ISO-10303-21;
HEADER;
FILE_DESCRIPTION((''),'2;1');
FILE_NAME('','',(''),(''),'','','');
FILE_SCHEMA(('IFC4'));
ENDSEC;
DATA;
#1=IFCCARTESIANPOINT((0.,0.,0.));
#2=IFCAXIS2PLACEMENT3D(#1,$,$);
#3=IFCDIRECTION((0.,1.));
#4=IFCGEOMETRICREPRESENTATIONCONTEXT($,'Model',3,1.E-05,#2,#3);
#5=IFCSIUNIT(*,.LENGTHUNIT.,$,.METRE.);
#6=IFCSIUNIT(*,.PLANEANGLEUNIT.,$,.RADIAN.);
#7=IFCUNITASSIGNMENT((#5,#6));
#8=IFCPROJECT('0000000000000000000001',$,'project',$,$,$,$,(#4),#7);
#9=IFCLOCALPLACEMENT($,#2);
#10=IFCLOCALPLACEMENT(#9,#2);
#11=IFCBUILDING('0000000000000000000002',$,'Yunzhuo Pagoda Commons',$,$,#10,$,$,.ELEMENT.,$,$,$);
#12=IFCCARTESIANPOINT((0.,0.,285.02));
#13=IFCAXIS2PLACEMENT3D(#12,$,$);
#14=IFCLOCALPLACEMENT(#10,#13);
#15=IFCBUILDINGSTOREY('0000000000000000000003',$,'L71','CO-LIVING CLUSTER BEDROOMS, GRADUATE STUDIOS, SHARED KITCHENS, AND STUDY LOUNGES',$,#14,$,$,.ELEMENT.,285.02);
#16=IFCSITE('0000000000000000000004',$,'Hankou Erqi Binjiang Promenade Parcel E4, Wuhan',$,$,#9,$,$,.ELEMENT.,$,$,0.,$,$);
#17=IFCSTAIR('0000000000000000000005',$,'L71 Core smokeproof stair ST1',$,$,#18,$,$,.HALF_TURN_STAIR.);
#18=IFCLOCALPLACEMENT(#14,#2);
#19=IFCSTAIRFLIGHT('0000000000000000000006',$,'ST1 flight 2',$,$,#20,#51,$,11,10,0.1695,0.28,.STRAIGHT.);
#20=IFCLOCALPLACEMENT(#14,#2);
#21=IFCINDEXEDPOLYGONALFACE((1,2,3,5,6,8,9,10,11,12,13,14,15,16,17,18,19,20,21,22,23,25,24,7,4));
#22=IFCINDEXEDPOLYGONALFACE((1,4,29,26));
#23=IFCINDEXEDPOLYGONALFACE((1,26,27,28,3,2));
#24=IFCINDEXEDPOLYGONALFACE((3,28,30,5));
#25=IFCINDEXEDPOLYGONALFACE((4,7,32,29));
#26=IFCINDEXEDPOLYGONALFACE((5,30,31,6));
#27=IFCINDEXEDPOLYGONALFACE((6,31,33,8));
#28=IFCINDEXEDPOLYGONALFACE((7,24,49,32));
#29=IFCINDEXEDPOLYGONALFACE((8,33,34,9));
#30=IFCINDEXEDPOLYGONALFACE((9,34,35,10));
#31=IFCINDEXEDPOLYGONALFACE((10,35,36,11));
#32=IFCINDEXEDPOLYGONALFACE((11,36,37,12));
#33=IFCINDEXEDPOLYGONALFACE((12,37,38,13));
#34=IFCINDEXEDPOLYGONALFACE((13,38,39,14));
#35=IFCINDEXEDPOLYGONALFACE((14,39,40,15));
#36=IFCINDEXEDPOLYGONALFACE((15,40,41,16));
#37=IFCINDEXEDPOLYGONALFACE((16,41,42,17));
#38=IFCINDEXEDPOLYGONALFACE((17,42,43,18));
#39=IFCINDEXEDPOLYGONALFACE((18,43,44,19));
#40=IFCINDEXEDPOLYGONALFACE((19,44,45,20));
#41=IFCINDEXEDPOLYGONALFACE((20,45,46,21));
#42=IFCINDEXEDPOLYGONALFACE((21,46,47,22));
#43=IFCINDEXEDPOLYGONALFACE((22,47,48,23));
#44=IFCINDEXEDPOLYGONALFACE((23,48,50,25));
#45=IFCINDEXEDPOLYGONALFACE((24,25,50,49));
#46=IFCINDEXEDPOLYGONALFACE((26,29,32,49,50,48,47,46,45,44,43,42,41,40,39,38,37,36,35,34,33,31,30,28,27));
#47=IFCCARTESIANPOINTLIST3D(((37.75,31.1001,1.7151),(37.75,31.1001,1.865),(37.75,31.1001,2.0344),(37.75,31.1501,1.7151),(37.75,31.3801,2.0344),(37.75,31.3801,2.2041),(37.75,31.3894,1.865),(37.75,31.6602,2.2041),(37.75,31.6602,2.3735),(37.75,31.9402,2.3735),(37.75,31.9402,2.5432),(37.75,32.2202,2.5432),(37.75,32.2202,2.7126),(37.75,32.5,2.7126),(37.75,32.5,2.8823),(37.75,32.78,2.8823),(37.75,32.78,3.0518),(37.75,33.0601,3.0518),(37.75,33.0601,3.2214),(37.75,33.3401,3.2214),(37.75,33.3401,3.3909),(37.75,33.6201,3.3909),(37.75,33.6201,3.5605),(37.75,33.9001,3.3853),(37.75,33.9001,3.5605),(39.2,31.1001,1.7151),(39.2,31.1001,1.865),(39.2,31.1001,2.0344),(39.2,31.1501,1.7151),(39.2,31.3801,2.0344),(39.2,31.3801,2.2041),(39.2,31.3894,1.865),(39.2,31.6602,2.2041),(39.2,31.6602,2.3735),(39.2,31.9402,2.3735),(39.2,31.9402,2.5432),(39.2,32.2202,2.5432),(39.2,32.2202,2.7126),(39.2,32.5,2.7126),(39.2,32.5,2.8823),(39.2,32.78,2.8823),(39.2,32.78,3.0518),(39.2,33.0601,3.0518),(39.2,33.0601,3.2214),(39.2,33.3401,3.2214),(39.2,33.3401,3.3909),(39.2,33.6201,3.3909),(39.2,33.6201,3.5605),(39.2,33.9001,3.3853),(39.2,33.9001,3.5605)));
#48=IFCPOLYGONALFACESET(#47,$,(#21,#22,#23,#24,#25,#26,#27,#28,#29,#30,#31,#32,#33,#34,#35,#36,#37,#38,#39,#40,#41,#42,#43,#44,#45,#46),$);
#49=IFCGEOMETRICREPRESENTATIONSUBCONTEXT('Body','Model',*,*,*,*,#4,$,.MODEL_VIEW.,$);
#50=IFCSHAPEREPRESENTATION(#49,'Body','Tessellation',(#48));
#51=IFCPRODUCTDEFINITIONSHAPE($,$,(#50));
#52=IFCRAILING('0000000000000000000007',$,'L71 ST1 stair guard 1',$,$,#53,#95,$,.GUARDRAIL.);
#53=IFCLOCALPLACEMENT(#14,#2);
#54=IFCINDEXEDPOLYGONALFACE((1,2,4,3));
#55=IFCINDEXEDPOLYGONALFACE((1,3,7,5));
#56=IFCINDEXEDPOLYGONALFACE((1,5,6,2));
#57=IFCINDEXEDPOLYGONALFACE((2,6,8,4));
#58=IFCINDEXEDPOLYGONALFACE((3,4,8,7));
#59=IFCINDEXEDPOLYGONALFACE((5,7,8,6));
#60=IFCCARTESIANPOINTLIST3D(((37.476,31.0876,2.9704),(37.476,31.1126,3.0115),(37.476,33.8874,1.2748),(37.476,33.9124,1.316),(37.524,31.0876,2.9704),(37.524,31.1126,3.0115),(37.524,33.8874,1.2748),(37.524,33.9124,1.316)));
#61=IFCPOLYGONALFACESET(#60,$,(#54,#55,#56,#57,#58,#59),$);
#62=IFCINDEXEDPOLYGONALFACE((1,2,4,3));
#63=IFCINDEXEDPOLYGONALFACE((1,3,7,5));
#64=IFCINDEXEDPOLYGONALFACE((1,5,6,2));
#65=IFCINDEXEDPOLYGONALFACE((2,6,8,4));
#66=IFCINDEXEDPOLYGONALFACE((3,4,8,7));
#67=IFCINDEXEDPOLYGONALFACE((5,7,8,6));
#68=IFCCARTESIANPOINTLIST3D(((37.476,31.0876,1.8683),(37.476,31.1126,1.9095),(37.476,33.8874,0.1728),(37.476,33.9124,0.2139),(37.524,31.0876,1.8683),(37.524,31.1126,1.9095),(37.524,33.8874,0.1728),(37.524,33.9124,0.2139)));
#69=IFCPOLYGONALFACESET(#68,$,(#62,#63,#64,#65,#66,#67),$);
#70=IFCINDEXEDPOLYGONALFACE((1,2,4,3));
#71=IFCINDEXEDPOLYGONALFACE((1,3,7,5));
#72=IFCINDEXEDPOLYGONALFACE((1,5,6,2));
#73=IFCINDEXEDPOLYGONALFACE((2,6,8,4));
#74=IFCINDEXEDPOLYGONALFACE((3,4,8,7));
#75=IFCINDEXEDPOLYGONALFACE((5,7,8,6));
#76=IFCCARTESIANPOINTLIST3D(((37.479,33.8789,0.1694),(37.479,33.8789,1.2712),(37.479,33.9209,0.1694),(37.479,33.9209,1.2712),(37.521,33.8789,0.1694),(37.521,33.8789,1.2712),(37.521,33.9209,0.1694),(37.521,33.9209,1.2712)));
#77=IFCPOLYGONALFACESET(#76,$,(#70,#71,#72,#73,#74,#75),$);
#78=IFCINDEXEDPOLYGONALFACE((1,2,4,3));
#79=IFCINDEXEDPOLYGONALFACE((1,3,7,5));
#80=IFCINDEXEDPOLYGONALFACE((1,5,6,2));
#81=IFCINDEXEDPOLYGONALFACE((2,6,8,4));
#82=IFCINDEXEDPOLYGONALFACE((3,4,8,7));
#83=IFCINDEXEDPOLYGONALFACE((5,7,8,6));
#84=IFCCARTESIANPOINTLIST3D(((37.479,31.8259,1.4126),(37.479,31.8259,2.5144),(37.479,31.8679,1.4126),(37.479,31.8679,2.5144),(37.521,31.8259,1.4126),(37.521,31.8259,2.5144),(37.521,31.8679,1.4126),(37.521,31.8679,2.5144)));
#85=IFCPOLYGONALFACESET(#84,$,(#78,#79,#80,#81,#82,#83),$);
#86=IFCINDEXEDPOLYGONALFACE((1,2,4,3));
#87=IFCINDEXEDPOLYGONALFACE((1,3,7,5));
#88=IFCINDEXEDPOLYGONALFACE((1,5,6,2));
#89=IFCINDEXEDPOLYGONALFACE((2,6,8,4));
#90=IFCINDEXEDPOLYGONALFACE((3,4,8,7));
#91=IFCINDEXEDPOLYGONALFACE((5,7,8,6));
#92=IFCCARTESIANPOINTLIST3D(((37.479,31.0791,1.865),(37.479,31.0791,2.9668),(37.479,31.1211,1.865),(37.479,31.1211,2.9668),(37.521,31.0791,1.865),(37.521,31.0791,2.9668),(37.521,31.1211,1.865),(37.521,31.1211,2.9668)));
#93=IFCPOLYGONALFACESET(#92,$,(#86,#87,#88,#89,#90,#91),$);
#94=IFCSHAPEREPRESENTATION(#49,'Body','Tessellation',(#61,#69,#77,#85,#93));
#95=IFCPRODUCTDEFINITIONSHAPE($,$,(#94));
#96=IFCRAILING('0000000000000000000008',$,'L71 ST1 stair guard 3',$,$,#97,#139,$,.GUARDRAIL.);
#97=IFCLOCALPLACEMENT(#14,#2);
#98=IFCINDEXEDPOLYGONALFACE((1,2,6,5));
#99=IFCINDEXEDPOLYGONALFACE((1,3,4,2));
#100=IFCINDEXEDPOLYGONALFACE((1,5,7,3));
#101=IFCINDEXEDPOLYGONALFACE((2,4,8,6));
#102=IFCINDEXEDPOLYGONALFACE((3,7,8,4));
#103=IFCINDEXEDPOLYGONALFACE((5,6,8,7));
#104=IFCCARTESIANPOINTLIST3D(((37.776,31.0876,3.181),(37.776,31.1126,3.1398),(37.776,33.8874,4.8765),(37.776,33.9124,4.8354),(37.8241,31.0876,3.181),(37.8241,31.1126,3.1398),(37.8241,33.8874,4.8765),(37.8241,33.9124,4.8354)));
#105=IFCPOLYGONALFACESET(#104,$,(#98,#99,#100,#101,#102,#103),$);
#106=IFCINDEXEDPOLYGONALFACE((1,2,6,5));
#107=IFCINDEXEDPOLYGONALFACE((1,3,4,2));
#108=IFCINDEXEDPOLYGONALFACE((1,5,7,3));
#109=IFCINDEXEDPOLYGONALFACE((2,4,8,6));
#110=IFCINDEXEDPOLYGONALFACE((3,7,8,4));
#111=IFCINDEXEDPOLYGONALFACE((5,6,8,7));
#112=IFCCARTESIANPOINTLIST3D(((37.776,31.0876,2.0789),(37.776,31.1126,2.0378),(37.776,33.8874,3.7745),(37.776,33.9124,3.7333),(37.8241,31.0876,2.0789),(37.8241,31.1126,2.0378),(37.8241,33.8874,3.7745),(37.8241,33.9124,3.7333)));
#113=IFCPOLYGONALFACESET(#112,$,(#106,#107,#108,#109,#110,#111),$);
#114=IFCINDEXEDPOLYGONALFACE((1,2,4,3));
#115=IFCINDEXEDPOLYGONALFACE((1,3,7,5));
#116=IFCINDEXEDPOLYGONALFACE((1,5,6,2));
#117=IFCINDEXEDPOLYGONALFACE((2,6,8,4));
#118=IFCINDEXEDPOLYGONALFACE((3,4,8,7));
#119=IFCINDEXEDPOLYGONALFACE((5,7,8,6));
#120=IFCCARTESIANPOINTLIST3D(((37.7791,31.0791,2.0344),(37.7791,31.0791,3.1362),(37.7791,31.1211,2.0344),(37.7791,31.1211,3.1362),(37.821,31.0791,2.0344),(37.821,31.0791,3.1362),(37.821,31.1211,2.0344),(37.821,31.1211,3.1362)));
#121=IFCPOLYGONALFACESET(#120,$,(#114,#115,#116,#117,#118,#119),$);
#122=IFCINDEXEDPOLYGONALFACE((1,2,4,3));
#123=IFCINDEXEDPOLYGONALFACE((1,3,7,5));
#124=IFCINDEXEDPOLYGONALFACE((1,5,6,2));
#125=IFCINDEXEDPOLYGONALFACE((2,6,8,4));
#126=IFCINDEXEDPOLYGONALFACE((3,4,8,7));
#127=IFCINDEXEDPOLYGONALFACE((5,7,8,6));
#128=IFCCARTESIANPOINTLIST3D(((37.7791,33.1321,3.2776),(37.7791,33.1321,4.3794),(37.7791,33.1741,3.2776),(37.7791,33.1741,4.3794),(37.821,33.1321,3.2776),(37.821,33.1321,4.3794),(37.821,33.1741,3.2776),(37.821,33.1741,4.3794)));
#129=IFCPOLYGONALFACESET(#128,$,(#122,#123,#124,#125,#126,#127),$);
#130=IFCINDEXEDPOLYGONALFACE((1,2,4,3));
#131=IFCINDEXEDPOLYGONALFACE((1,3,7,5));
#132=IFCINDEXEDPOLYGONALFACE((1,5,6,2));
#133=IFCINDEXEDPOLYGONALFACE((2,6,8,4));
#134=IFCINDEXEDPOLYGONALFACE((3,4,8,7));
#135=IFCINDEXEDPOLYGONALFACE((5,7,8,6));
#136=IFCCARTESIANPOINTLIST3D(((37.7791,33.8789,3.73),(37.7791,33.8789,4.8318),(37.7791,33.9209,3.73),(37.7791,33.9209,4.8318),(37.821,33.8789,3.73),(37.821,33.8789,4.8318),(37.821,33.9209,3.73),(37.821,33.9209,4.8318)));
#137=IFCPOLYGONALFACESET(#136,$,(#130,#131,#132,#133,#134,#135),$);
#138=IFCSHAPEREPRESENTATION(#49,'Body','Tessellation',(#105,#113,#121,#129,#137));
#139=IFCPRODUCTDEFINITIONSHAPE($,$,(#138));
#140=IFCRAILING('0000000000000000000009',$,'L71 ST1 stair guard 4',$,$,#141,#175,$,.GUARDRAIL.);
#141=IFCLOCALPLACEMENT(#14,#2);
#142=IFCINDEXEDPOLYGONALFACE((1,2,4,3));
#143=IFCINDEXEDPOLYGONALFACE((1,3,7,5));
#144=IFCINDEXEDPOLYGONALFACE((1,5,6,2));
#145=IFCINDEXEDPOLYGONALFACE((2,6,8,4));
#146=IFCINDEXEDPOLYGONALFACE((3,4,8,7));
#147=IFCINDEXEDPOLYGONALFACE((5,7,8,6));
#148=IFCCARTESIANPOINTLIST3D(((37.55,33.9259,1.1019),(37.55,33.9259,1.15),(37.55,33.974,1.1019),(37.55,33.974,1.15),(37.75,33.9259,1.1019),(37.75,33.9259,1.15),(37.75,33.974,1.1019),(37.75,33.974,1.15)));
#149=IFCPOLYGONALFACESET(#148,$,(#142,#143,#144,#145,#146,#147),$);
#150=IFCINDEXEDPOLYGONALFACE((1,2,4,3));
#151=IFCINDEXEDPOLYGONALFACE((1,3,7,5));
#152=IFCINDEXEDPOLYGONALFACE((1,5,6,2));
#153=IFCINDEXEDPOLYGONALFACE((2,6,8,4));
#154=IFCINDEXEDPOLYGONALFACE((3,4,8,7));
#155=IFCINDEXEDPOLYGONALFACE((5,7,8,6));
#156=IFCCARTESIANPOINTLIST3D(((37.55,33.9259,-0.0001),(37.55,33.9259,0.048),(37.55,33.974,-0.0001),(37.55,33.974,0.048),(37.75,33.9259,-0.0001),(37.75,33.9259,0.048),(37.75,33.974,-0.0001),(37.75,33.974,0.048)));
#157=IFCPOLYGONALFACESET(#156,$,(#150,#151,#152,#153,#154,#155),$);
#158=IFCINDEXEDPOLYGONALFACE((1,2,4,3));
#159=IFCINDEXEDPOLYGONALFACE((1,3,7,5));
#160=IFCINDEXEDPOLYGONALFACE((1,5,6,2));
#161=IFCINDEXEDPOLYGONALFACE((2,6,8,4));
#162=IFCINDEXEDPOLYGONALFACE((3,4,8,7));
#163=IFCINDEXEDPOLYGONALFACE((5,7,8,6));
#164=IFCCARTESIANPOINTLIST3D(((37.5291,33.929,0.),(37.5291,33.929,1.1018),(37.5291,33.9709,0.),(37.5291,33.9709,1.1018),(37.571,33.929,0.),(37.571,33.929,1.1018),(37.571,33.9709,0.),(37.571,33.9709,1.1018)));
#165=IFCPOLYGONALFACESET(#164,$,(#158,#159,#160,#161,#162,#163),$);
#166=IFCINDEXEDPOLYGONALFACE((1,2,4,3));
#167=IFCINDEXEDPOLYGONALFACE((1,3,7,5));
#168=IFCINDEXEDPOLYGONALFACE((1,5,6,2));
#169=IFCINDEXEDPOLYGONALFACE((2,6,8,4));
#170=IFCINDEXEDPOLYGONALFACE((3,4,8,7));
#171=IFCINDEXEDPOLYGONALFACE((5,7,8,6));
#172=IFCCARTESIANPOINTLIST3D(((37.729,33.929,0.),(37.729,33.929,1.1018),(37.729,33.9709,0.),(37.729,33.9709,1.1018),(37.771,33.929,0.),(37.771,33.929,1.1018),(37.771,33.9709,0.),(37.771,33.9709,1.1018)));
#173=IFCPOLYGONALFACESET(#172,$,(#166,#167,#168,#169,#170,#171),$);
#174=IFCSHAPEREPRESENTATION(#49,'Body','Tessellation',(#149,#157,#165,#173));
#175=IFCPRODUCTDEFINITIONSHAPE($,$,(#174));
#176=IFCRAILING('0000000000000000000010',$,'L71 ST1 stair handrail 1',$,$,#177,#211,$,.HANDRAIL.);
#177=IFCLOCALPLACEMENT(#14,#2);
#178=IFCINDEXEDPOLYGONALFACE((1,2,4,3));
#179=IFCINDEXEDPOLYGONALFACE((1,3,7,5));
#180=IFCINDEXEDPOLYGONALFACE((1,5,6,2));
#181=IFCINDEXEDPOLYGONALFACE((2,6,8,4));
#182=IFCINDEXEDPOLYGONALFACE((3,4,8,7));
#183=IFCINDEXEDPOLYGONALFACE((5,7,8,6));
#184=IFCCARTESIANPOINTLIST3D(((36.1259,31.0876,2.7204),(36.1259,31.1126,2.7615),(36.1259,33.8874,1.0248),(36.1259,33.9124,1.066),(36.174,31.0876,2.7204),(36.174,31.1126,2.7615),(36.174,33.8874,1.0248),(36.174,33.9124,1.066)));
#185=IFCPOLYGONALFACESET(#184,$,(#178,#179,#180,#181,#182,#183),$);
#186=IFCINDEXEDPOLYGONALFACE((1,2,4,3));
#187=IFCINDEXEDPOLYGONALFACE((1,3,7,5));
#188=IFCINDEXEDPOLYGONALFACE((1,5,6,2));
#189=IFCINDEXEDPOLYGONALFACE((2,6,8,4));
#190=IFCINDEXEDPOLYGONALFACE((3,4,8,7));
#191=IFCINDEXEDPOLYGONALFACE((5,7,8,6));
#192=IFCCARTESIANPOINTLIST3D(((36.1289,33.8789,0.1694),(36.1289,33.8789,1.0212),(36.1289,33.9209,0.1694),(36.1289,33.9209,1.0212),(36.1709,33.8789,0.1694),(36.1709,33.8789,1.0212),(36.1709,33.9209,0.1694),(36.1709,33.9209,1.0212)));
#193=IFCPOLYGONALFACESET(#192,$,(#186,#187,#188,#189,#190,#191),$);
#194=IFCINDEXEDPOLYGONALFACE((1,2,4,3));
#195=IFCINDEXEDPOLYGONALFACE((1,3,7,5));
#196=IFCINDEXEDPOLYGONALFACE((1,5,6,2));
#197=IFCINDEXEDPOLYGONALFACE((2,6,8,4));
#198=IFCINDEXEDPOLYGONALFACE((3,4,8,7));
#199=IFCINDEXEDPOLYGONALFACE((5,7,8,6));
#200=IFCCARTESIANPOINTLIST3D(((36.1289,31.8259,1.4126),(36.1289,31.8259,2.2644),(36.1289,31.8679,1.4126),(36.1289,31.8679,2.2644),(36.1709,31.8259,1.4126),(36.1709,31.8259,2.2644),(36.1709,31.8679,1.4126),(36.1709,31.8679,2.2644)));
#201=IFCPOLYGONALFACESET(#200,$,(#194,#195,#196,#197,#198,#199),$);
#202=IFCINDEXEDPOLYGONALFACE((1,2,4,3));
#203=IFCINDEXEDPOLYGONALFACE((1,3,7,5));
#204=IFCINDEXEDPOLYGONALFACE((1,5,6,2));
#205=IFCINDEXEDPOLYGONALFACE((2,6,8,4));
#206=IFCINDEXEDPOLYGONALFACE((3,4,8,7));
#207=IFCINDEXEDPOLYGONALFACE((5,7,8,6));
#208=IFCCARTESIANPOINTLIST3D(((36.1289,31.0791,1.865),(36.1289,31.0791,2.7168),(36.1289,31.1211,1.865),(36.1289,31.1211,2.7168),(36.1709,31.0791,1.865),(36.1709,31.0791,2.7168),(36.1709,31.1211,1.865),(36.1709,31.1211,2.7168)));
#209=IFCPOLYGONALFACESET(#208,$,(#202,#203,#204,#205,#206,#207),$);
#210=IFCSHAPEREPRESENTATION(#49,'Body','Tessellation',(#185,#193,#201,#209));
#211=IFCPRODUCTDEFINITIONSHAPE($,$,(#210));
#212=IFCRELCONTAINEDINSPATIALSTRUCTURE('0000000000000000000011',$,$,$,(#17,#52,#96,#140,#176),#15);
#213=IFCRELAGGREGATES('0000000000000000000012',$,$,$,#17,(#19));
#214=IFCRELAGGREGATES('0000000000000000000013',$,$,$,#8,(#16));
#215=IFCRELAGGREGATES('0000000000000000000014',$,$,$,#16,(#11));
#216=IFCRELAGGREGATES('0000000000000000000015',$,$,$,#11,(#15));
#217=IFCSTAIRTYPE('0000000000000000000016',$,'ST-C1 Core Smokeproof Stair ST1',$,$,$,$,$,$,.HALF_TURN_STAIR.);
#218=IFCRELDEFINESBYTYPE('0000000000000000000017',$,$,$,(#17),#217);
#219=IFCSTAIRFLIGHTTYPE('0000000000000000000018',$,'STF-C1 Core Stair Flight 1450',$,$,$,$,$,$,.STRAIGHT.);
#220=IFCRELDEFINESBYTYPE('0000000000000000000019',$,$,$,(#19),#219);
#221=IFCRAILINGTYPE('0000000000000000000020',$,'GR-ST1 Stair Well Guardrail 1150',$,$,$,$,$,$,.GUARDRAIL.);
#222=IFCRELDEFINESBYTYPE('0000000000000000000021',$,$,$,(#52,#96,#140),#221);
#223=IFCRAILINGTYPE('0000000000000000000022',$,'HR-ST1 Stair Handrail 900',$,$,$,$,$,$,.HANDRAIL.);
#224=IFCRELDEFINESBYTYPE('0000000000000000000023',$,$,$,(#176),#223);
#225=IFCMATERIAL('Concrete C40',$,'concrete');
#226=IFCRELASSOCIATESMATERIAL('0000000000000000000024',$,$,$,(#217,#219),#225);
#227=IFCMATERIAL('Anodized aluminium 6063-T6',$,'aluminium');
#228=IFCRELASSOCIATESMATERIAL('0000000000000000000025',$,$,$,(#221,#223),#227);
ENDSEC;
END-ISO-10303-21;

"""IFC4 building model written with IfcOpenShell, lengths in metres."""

from ifc_helpers import new_model, si_unit, direction, frame, origin, origin_2d, place, context, subcontext, project, spatial, polyline, rectangle, outline, extrude, source, transform, mapped, material, type_object, element, aggregate, save


model = new_model("IFC4")

# Units and contexts
model_context = context("Model", 3, precision=1e-05, world=origin(), true_north=direction((0.0, 1.0)))
body_context = subcontext(model_context, "Body", "Model", "MODEL_VIEW")
ifc_project = project(units=[si_unit("LENGTHUNIT", "METRE"), si_unit("PLANEANGLEUNIT", "RADIAN")], contexts=[model_context])

# Site, building, storey
site_placement = place(None, origin())
site = spatial("IfcSite", under=ifc_project, at=site_placement, Name="Hankou Erqi Binjiang Promenade Parcel E4, Wuhan", CompositionType="ELEMENT", RefElevation=0.0)
building_placement = place(site_placement, origin())
building = spatial("IfcBuilding", under=site, at=building_placement, Name="Yunzhuo Pagoda Commons", CompositionType="ELEMENT")
storey_placement = place(building_placement, frame((0.0, 0.0, 285.02)))
storey = spatial("IfcBuildingStorey", under=building, at=storey_placement, Name="L71", Description="CO-LIVING CLUSTER BEDROOMS, GRADUATE STUDIOS, SHARED KITCHENS, AND STUDY LOUNGES", CompositionType="ELEMENT", Elevation=285.02)

# Shared definitions
ifc_material_1 = material(Name="Concrete C40", Category="concrete")

# Stair, stair flight
stair_type = type_object("IfcStairType", Name="ST-C1 Core Smokeproof Stair ST1", PredefinedType="HALF_TURN_STAIR", material=ifc_material_1)
stair_placement = place(storey_placement, origin())
stair = element("IfcStair", 1, at=stair_placement, inside=storey, type_object=stair_type, Name="L71 Core smokeproof stair ST1", PredefinedType="HALF_TURN_STAIR")
stair_flight_type = type_object("IfcStairFlightType", Name="STF-C1 Core Stair Flight 1450", PredefinedType="STRAIGHT", material=ifc_material_1)
shared_shape_1 = source(origin(), body_context, "Body", "SweptSolid", [
    extrude(outline(polyline([(0.0, -0.1499), (0.0, 0.0), (0.0, 0.1694), (0.28, 0.1694), (0.28, 0.3391), (0.5601, 0.3391), (0.5601, 0.5085), (0.8401, 0.5085), (0.8401, 0.6782), (1.1201, 0.6782), (1.1201, 0.8477), (1.3999, 0.8477), (1.3999, 1.0173), (1.6799, 1.0173), (1.6799, 1.1868), (1.96, 1.1868), (1.96, 1.3564), (2.24, 1.3564), (2.24, 1.5259), (2.52, 1.5259), (2.52, 1.6956), (2.8, 1.6956), (2.8, 1.865), (2.8, 1.5203), (0.2893, 0.0), (0.05, -0.1499), (0.0, -0.1499)])), frame((0.0, 0.7251, 0.0), z_axis=(0.0, -1.0, 0.0), x_axis=(1.0, 0.0, 0.0)), (0.0, 0.0, 1.0), 1.45),
])
stair_flight_1_placement = place(storey_placement, frame((38.4751, 31.1001, 1.865), z_axis=(0.0, 0.0, 1.0), x_axis=(0.0, 1.0, 0.0)))
stair_flight_1 = element("IfcStairFlight", 2, at=stair_flight_1_placement, type_object=stair_flight_type, Name="ST1 flight 2", NumberOfRisers=11, NumberOfTreads=10, PredefinedType="STRAIGHT", RiserHeight=0.1695, TreadLength=0.28, context=body_context, shape_type="MappedRepresentation", body=[
    mapped(shared_shape_1, transform((0.0, 0.0, 0.0), scale=1.0)),
])
aggregate(stair, [stair_flight_1])

# Railings
ifc_material_2 = material(Name="Anodized aluminium 6063-T6", Category="aluminium")
railing_type_1 = type_object("IfcRailingType", Name="GR-ST1 Stair Well Guardrail 1150", PredefinedType="GUARDRAIL", material=ifc_material_2)
railing_1_placement = place(storey_placement, frame((37.5, 33.8999, 0.1694)))
element("IfcRailing", 3, at=railing_1_placement, inside=storey, type_object=railing_type_1, Name="L71 ST1 stair guard 1", PredefinedType="GUARDRAIL", context=body_context, shape_type="SweptSolid", body=[
    extrude(rectangle(XDim=0.0481, YDim=0.0481, at=origin_2d()), frame((0.0, 0.0, 1.126), z_axis=(0.0, -0.855373, 0.518012), x_axis=(1.0, 0.0, 0.0)), (0.0, 0.0, 1.0), 3.2732),
    extrude(rectangle(XDim=0.0481, YDim=0.0481, at=origin_2d()), frame((0.0, 0.0, 0.0239), z_axis=(0.0, -0.855373, 0.518012), x_axis=(1.0, 0.0, 0.0)), (0.0, 0.0, 1.0), 3.2732),
    extrude(rectangle(XDim=0.042, YDim=0.042, at=origin_2d()), origin(), (0.0, 0.0, 1.0), 1.1018),
    extrude(rectangle(XDim=0.042, YDim=0.042, at=origin_2d()), frame((0.0, -2.053, 1.2432)), (0.0, 0.0, 1.0), 1.1018),
    extrude(rectangle(XDim=0.042, YDim=0.042, at=origin_2d()), frame((0.0, -2.7998, 1.6956)), (0.0, 0.0, 1.0), 1.1018),
])
railing_2_placement = place(storey_placement, frame((37.8, 31.1001, 2.0344)))
element("IfcRailing", 4, at=railing_2_placement, inside=storey, type_object=railing_type_1, Name="L71 ST1 stair guard 3", PredefinedType="GUARDRAIL", context=body_context, shape_type="SweptSolid", body=[
    extrude(rectangle(XDim=0.0481, YDim=0.0481, at=origin_2d()), frame((0.0, 0.0, 1.126), z_axis=(0.0, 0.855373, 0.518012), x_axis=(-1.0, 0.0, 0.0)), (0.0, 0.0, 1.0), 3.2732),
    extrude(rectangle(XDim=0.0481, YDim=0.0481, at=origin_2d()), frame((0.0, 0.0, 0.0239), z_axis=(0.0, 0.855373, 0.518012), x_axis=(-1.0, 0.0, 0.0)), (0.0, 0.0, 1.0), 3.2732),
    extrude(rectangle(XDim=0.042, YDim=0.042, at=origin_2d()), origin(), (0.0, 0.0, 1.0), 1.1018),
    extrude(rectangle(XDim=0.042, YDim=0.042, at=origin_2d()), frame((0.0, 2.053, 1.2432)), (0.0, 0.0, 1.0), 1.1018),
    extrude(rectangle(XDim=0.042, YDim=0.042, at=origin_2d()), frame((0.0, 2.7998, 1.6956)), (0.0, 0.0, 1.0), 1.1018),
])
railing_3_placement = place(storey_placement, frame((37.55, 33.95, 0.0)))
element("IfcRailing", 5, at=railing_3_placement, inside=storey, type_object=railing_type_1, Name="L71 ST1 stair guard 4", PredefinedType="GUARDRAIL", context=body_context, shape_type="SweptSolid", body=[
    extrude(rectangle(XDim=0.0481, YDim=0.0481, at=origin_2d()), frame((0.0, 0.0, 1.126), z_axis=(1.0, 0.0, 0.0), x_axis=(0.0, 1.0, 0.0)), (0.0, 0.0, 1.0), 0.2),
    extrude(rectangle(XDim=0.0481, YDim=0.0481, at=origin_2d()), frame((0.0, 0.0, 0.0239), z_axis=(1.0, 0.0, 0.0), x_axis=(0.0, 1.0, 0.0)), (0.0, 0.0, 1.0), 0.2),
    extrude(rectangle(XDim=0.042, YDim=0.042, at=origin_2d()), origin(), (0.0, 0.0, 1.0), 1.1018),
    extrude(rectangle(XDim=0.042, YDim=0.042, at=origin_2d()), frame((0.2, 0.0, 0.0)), (0.0, 0.0, 1.0), 1.1018),
])
railing_type_2 = type_object("IfcRailingType", Name="HR-ST1 Stair Handrail 900", PredefinedType="HANDRAIL", material=ifc_material_2)
railing_4_placement = place(storey_placement, frame((36.1499, 33.8999, 0.1694)))
element("IfcRailing", 6, at=railing_4_placement, inside=storey, type_object=railing_type_2, Name="L71 ST1 stair handrail 1", PredefinedType="HANDRAIL", context=body_context, shape_type="SweptSolid", body=[
    extrude(rectangle(XDim=0.0481, YDim=0.0481, at=origin_2d()), frame((0.0, 0.0, 0.876), z_axis=(0.0, -0.855373, 0.518012), x_axis=(1.0, 0.0, 0.0)), (0.0, 0.0, 1.0), 3.2732),
    extrude(rectangle(XDim=0.042, YDim=0.042, at=origin_2d()), origin(), (0.0, 0.0, 1.0), 0.8518),
    extrude(rectangle(XDim=0.042, YDim=0.042, at=origin_2d()), frame((0.0, -2.053, 1.2432)), (0.0, 0.0, 1.0), 0.8518),
    extrude(rectangle(XDim=0.042, YDim=0.042, at=origin_2d()), frame((0.0, -2.7998, 1.6956)), (0.0, 0.0, 1.0), 0.8518),
])

save(model, "model.ifc")
